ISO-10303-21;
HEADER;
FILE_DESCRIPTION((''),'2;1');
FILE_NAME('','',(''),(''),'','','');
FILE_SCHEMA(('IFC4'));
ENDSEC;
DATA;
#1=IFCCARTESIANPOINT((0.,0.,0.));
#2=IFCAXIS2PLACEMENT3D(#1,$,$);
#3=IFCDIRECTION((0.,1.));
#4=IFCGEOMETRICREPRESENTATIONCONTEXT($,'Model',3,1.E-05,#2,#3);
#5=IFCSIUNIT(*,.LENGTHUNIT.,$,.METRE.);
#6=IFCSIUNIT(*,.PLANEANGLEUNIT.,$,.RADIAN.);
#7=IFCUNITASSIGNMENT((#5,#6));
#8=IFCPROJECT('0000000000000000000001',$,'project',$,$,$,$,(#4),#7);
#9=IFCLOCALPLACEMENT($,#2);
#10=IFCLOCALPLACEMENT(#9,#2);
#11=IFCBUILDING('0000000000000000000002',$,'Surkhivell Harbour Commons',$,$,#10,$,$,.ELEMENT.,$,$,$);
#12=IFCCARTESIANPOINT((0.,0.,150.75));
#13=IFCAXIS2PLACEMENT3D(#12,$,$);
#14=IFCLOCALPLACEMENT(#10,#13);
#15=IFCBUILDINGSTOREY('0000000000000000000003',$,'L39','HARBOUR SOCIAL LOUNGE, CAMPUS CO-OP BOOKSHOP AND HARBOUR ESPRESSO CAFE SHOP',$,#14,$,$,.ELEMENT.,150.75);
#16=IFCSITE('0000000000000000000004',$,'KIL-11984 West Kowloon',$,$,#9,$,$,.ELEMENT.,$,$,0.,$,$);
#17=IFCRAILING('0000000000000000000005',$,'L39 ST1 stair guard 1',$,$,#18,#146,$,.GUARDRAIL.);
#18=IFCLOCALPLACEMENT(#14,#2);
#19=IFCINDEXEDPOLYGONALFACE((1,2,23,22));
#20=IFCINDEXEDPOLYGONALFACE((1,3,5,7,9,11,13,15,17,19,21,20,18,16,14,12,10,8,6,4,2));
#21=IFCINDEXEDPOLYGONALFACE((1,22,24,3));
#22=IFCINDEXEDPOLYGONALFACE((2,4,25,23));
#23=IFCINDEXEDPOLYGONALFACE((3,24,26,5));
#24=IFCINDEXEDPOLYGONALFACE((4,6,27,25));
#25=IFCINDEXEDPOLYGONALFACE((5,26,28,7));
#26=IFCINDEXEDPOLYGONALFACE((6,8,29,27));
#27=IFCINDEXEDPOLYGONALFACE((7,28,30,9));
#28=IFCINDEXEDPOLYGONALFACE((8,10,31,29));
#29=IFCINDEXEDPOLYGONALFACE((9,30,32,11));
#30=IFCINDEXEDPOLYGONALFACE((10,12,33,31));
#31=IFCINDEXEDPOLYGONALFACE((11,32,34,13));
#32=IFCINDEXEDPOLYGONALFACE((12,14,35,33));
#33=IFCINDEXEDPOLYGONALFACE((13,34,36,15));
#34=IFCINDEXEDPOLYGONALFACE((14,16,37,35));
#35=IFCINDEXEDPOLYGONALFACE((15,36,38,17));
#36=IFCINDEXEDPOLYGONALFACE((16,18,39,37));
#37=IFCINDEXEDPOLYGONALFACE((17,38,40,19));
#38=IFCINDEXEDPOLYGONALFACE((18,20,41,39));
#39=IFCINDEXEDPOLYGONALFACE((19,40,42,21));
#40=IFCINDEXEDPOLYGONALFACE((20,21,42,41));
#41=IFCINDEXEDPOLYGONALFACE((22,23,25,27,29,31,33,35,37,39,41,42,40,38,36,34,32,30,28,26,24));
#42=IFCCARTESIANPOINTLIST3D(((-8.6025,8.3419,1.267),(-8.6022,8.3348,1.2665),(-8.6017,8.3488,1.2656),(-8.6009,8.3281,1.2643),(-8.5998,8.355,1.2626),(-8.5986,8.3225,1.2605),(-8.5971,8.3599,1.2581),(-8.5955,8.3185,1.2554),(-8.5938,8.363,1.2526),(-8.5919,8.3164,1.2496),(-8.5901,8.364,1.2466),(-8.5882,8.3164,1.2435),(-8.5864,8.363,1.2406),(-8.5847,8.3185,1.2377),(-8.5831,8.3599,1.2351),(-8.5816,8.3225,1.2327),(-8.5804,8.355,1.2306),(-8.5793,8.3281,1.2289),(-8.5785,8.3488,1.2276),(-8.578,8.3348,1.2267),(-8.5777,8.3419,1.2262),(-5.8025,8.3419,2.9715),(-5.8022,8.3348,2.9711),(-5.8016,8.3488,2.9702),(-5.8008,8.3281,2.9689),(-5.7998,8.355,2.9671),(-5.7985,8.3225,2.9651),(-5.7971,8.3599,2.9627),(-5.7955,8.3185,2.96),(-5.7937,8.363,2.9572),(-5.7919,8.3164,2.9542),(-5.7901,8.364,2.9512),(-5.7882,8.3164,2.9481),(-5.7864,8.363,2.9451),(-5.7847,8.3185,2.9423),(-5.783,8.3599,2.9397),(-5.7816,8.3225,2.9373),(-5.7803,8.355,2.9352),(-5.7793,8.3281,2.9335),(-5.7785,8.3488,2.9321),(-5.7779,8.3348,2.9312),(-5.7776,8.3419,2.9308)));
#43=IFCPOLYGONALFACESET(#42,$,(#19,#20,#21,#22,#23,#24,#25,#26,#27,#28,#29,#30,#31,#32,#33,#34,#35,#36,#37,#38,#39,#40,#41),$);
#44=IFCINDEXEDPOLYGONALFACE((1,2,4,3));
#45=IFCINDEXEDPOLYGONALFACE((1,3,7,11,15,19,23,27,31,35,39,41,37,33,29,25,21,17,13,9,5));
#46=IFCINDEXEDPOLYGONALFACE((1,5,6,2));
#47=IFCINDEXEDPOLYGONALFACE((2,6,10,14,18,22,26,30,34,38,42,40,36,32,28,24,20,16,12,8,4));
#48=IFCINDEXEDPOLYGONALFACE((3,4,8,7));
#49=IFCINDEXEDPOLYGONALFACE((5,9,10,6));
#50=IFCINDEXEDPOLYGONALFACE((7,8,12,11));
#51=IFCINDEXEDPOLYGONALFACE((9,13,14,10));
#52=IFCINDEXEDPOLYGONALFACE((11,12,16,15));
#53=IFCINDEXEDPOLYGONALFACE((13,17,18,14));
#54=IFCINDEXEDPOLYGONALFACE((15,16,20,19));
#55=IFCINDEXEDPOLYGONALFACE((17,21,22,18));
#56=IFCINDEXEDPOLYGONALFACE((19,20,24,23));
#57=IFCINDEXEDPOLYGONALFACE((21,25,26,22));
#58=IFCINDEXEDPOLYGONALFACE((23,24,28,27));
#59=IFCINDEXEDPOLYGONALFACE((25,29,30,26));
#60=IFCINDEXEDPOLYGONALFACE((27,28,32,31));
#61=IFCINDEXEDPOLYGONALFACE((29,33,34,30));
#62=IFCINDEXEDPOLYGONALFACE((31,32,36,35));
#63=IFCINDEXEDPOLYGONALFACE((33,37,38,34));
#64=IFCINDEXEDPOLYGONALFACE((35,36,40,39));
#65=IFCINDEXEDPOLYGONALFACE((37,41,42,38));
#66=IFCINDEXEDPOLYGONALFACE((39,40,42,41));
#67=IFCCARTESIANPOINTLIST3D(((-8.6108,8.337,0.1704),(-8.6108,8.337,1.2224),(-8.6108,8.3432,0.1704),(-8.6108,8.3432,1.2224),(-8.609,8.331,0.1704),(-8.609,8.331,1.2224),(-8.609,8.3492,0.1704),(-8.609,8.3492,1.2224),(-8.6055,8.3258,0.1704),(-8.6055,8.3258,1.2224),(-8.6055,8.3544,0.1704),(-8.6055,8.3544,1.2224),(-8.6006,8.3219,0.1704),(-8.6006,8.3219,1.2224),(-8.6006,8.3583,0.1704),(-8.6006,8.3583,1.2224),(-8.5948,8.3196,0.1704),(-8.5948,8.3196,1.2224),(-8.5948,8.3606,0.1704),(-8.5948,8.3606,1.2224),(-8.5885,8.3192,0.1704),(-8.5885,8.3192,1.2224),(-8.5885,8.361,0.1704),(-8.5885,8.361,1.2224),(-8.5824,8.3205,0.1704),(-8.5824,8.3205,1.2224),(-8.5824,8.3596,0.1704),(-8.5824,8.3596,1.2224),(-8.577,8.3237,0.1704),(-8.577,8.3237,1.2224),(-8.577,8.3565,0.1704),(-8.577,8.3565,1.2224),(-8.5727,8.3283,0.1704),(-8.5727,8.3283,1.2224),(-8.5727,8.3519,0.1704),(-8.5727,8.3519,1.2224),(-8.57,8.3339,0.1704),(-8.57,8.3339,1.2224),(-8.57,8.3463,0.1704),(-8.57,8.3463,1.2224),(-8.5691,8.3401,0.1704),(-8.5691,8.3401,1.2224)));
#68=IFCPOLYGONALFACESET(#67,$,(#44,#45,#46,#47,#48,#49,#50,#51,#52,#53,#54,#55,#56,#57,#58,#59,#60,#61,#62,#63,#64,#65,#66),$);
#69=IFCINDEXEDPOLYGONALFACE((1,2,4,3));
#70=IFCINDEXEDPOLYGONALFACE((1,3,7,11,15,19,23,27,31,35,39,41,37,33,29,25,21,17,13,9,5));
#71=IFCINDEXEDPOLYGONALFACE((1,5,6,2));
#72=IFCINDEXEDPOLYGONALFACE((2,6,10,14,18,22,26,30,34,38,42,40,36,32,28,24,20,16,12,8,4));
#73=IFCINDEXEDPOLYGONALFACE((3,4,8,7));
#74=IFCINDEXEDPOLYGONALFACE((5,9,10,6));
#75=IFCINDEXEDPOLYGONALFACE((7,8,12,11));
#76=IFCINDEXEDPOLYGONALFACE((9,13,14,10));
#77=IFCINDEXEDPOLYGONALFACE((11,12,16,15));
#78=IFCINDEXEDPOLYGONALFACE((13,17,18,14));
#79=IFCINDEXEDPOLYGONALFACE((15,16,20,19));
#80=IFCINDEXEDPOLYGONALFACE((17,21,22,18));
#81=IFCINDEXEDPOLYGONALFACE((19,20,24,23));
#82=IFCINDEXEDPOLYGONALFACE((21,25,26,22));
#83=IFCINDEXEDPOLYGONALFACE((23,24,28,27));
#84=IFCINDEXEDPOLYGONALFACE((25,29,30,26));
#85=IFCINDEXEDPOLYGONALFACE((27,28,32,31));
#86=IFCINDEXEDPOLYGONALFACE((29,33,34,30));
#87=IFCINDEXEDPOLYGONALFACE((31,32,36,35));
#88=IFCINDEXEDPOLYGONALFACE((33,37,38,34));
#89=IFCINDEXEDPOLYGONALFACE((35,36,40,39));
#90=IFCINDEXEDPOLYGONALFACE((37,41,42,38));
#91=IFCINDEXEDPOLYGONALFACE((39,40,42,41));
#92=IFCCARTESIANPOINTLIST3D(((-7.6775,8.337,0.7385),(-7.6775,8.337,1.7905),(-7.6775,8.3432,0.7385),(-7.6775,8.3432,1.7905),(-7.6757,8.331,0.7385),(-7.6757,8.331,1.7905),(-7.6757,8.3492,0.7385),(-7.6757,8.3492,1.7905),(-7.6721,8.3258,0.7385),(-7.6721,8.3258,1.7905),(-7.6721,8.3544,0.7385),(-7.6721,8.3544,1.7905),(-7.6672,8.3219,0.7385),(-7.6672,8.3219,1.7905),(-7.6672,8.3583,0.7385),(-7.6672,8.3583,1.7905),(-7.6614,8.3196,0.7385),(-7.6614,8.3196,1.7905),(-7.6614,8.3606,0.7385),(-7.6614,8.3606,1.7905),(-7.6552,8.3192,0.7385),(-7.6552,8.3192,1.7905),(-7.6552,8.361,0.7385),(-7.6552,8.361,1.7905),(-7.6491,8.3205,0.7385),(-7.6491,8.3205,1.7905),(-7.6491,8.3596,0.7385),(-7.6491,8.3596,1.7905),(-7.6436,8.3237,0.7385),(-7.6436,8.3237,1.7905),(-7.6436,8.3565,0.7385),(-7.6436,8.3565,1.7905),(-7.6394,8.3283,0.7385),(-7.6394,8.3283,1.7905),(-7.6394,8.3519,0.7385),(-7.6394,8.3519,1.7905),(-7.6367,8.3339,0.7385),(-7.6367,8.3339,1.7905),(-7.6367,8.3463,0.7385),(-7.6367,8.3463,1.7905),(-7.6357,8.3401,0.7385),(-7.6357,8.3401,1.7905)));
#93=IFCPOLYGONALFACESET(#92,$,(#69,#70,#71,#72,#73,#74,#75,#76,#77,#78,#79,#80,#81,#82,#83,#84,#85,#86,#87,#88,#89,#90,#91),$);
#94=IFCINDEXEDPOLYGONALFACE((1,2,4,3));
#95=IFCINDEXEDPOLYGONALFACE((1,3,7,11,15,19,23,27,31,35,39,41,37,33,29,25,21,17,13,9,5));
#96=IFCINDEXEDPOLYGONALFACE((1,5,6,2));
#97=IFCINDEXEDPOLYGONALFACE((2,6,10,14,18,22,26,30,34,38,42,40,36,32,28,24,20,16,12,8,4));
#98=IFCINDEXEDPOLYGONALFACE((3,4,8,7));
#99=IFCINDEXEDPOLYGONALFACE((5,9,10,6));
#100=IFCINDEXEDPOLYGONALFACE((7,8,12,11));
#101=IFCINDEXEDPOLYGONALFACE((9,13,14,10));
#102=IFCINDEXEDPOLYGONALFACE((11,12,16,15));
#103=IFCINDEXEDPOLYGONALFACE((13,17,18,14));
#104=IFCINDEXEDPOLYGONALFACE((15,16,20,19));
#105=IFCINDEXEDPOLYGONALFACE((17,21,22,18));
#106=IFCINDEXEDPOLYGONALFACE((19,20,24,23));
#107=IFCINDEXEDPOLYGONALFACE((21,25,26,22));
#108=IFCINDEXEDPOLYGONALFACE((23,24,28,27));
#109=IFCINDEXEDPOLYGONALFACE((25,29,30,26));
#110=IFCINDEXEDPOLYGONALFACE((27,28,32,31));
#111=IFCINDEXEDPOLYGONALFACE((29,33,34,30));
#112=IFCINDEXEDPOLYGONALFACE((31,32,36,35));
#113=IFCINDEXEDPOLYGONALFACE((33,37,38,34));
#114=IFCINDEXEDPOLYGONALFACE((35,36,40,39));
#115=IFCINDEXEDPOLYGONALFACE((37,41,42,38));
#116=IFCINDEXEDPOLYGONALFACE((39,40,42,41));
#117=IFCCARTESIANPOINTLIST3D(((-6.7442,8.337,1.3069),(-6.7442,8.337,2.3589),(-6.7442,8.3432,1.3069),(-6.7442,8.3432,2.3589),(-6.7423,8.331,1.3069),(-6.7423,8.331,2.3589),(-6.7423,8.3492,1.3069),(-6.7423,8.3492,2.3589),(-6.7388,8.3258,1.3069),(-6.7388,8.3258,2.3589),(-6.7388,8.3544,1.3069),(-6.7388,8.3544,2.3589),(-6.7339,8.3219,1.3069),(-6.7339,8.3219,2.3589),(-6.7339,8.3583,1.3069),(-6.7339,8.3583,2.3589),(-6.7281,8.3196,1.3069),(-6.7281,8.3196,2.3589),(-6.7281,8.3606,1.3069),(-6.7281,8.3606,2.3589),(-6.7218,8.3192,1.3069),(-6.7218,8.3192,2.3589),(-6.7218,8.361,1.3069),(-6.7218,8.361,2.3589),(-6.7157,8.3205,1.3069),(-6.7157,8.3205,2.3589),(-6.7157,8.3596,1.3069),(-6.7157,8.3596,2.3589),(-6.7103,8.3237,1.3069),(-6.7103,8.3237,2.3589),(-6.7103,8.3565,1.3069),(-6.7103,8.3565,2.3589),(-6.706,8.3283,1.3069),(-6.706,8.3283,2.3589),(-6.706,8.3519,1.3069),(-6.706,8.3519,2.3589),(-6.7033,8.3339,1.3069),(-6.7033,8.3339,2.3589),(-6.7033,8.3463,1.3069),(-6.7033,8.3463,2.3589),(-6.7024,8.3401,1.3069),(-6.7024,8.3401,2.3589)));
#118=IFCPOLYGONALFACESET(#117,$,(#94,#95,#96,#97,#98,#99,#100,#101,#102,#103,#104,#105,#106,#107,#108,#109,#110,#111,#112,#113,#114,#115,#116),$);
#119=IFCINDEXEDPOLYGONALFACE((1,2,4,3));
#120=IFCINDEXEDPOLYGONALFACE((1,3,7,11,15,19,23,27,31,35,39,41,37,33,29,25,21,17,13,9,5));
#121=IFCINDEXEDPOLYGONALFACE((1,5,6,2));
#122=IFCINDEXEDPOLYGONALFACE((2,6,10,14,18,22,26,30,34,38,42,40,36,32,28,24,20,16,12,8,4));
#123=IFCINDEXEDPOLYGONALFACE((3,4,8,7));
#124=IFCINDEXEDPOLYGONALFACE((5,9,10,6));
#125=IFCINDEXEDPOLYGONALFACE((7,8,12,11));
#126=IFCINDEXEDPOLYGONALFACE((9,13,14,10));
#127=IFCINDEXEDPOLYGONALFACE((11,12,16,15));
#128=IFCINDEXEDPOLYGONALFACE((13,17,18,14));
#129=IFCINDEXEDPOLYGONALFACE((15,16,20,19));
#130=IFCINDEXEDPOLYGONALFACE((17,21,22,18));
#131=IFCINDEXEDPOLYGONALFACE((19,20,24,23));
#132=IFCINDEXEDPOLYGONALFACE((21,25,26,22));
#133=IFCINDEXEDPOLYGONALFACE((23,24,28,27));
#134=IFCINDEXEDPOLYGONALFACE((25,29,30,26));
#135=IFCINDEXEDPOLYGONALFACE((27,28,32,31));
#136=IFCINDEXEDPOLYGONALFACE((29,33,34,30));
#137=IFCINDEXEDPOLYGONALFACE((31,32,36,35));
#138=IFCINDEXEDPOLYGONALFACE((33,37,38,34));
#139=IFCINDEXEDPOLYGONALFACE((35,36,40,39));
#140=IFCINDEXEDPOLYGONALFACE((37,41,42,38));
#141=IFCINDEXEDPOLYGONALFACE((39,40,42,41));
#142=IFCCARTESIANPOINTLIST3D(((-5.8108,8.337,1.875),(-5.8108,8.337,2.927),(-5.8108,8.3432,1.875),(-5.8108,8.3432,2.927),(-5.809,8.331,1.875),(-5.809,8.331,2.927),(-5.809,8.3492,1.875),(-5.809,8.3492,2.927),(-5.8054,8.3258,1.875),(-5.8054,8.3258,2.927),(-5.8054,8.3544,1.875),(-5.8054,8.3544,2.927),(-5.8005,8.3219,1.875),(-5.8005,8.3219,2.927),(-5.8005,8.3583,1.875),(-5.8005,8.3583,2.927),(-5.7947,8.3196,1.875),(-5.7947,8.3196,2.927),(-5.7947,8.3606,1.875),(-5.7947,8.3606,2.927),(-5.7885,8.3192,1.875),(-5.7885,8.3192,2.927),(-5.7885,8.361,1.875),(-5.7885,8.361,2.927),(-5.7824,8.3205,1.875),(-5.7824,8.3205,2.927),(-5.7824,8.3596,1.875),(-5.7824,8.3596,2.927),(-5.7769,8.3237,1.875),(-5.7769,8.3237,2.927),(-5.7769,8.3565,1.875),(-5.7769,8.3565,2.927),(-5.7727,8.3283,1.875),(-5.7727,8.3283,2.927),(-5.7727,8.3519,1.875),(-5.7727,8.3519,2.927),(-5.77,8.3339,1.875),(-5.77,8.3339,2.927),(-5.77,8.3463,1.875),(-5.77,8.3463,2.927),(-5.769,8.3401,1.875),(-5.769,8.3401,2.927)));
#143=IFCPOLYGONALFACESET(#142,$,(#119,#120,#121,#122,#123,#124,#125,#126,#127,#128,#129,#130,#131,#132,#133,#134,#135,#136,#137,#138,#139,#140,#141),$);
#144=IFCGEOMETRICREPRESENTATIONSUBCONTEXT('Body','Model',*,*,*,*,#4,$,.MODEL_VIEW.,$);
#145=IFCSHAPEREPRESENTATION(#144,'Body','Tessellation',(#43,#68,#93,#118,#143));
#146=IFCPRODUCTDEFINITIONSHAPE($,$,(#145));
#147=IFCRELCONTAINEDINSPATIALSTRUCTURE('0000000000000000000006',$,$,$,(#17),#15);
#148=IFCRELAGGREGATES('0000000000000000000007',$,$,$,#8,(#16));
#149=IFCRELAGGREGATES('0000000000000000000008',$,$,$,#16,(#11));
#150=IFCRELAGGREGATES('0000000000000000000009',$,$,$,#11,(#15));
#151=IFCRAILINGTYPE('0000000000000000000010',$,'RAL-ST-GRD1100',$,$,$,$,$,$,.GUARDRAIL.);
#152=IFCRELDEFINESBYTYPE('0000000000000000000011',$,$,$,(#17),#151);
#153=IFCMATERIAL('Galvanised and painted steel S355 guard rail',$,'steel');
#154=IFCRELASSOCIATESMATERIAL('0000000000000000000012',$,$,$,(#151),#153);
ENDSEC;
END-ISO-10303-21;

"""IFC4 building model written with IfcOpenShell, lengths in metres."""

from ifc_helpers import new_model, si_unit, direction, frame, origin, origin_2d, place, context, subcontext, project, spatial, circle, extrude, material, type_object, element, save


model = new_model("IFC4")

# Units and contexts
model_context = context("Model", 3, precision=1e-05, world=origin(), true_north=direction((0.0, 1.0)))
body_context = subcontext(model_context, "Body", "Model", "MODEL_VIEW")
ifc_project = project(units=[si_unit("LENGTHUNIT", "METRE"), si_unit("PLANEANGLEUNIT", "RADIAN")], contexts=[model_context])

# Site, building, storey
site_placement = place(None, origin())
site = spatial("IfcSite", under=ifc_project, at=site_placement, Name="KIL-11984 West Kowloon", CompositionType="ELEMENT", RefElevation=0.0)
building_placement = place(site_placement, origin())
building = spatial("IfcBuilding", under=site, at=building_placement, Name="Surkhivell Harbour Commons", CompositionType="ELEMENT")
storey_placement = place(building_placement, frame((0.0, 0.0, 150.75)))
storey = spatial("IfcBuildingStorey", under=building, at=storey_placement, Name="L39", Description="HARBOUR SOCIAL LOUNGE, CAMPUS CO-OP BOOKSHOP AND HARBOUR ESPRESSO CAFE SHOP", CompositionType="ELEMENT", Elevation=150.75)

# Railing
ifc_material_1 = material(Name="Galvanised and painted steel S355 guard rail", Category="steel")
railing_type_1 = type_object("IfcRailingType", Name="RAL-ST-GRD1100", PredefinedType="GUARDRAIL", material=ifc_material_1)
railing_1_placement = place(storey_placement, frame((-8.5901, 8.3401, 0.1704)))
element("IfcRailing", 1, at=railing_1_placement, inside=storey, type_object=railing_type_1, Name="L39 ST1 stair guard 1", PredefinedType="GUARDRAIL", context=body_context, shape_type="SweptSolid", body=[
    extrude(circle(Radius=0.0239, at=origin_2d()), frame((0.0, 0.0, 1.0762), z_axis=(0.85417, 0.0, 0.519994), x_axis=(0.0, 1.0, 0.0)), (0.0, 0.0, 1.0), 3.2781),
    extrude(circle(Radius=0.021, at=origin_2d()), origin(), (0.0, 0.0, 1.0), 1.052),
    extrude(circle(Radius=0.021, at=origin_2d()), frame((0.9333, 0.0, 0.5681)), (0.0, 0.0, 1.0), 1.052),
    extrude(circle(Radius=0.021, at=origin_2d()), frame((1.8667, 0.0, 1.1365)), (0.0, 0.0, 1.0), 1.052),
    extrude(circle(Radius=0.021, at=origin_2d()), frame((2.8, 0.0, 1.7046)), (0.0, 0.0, 1.0), 1.052),
])

save(model, "model.ifc")
